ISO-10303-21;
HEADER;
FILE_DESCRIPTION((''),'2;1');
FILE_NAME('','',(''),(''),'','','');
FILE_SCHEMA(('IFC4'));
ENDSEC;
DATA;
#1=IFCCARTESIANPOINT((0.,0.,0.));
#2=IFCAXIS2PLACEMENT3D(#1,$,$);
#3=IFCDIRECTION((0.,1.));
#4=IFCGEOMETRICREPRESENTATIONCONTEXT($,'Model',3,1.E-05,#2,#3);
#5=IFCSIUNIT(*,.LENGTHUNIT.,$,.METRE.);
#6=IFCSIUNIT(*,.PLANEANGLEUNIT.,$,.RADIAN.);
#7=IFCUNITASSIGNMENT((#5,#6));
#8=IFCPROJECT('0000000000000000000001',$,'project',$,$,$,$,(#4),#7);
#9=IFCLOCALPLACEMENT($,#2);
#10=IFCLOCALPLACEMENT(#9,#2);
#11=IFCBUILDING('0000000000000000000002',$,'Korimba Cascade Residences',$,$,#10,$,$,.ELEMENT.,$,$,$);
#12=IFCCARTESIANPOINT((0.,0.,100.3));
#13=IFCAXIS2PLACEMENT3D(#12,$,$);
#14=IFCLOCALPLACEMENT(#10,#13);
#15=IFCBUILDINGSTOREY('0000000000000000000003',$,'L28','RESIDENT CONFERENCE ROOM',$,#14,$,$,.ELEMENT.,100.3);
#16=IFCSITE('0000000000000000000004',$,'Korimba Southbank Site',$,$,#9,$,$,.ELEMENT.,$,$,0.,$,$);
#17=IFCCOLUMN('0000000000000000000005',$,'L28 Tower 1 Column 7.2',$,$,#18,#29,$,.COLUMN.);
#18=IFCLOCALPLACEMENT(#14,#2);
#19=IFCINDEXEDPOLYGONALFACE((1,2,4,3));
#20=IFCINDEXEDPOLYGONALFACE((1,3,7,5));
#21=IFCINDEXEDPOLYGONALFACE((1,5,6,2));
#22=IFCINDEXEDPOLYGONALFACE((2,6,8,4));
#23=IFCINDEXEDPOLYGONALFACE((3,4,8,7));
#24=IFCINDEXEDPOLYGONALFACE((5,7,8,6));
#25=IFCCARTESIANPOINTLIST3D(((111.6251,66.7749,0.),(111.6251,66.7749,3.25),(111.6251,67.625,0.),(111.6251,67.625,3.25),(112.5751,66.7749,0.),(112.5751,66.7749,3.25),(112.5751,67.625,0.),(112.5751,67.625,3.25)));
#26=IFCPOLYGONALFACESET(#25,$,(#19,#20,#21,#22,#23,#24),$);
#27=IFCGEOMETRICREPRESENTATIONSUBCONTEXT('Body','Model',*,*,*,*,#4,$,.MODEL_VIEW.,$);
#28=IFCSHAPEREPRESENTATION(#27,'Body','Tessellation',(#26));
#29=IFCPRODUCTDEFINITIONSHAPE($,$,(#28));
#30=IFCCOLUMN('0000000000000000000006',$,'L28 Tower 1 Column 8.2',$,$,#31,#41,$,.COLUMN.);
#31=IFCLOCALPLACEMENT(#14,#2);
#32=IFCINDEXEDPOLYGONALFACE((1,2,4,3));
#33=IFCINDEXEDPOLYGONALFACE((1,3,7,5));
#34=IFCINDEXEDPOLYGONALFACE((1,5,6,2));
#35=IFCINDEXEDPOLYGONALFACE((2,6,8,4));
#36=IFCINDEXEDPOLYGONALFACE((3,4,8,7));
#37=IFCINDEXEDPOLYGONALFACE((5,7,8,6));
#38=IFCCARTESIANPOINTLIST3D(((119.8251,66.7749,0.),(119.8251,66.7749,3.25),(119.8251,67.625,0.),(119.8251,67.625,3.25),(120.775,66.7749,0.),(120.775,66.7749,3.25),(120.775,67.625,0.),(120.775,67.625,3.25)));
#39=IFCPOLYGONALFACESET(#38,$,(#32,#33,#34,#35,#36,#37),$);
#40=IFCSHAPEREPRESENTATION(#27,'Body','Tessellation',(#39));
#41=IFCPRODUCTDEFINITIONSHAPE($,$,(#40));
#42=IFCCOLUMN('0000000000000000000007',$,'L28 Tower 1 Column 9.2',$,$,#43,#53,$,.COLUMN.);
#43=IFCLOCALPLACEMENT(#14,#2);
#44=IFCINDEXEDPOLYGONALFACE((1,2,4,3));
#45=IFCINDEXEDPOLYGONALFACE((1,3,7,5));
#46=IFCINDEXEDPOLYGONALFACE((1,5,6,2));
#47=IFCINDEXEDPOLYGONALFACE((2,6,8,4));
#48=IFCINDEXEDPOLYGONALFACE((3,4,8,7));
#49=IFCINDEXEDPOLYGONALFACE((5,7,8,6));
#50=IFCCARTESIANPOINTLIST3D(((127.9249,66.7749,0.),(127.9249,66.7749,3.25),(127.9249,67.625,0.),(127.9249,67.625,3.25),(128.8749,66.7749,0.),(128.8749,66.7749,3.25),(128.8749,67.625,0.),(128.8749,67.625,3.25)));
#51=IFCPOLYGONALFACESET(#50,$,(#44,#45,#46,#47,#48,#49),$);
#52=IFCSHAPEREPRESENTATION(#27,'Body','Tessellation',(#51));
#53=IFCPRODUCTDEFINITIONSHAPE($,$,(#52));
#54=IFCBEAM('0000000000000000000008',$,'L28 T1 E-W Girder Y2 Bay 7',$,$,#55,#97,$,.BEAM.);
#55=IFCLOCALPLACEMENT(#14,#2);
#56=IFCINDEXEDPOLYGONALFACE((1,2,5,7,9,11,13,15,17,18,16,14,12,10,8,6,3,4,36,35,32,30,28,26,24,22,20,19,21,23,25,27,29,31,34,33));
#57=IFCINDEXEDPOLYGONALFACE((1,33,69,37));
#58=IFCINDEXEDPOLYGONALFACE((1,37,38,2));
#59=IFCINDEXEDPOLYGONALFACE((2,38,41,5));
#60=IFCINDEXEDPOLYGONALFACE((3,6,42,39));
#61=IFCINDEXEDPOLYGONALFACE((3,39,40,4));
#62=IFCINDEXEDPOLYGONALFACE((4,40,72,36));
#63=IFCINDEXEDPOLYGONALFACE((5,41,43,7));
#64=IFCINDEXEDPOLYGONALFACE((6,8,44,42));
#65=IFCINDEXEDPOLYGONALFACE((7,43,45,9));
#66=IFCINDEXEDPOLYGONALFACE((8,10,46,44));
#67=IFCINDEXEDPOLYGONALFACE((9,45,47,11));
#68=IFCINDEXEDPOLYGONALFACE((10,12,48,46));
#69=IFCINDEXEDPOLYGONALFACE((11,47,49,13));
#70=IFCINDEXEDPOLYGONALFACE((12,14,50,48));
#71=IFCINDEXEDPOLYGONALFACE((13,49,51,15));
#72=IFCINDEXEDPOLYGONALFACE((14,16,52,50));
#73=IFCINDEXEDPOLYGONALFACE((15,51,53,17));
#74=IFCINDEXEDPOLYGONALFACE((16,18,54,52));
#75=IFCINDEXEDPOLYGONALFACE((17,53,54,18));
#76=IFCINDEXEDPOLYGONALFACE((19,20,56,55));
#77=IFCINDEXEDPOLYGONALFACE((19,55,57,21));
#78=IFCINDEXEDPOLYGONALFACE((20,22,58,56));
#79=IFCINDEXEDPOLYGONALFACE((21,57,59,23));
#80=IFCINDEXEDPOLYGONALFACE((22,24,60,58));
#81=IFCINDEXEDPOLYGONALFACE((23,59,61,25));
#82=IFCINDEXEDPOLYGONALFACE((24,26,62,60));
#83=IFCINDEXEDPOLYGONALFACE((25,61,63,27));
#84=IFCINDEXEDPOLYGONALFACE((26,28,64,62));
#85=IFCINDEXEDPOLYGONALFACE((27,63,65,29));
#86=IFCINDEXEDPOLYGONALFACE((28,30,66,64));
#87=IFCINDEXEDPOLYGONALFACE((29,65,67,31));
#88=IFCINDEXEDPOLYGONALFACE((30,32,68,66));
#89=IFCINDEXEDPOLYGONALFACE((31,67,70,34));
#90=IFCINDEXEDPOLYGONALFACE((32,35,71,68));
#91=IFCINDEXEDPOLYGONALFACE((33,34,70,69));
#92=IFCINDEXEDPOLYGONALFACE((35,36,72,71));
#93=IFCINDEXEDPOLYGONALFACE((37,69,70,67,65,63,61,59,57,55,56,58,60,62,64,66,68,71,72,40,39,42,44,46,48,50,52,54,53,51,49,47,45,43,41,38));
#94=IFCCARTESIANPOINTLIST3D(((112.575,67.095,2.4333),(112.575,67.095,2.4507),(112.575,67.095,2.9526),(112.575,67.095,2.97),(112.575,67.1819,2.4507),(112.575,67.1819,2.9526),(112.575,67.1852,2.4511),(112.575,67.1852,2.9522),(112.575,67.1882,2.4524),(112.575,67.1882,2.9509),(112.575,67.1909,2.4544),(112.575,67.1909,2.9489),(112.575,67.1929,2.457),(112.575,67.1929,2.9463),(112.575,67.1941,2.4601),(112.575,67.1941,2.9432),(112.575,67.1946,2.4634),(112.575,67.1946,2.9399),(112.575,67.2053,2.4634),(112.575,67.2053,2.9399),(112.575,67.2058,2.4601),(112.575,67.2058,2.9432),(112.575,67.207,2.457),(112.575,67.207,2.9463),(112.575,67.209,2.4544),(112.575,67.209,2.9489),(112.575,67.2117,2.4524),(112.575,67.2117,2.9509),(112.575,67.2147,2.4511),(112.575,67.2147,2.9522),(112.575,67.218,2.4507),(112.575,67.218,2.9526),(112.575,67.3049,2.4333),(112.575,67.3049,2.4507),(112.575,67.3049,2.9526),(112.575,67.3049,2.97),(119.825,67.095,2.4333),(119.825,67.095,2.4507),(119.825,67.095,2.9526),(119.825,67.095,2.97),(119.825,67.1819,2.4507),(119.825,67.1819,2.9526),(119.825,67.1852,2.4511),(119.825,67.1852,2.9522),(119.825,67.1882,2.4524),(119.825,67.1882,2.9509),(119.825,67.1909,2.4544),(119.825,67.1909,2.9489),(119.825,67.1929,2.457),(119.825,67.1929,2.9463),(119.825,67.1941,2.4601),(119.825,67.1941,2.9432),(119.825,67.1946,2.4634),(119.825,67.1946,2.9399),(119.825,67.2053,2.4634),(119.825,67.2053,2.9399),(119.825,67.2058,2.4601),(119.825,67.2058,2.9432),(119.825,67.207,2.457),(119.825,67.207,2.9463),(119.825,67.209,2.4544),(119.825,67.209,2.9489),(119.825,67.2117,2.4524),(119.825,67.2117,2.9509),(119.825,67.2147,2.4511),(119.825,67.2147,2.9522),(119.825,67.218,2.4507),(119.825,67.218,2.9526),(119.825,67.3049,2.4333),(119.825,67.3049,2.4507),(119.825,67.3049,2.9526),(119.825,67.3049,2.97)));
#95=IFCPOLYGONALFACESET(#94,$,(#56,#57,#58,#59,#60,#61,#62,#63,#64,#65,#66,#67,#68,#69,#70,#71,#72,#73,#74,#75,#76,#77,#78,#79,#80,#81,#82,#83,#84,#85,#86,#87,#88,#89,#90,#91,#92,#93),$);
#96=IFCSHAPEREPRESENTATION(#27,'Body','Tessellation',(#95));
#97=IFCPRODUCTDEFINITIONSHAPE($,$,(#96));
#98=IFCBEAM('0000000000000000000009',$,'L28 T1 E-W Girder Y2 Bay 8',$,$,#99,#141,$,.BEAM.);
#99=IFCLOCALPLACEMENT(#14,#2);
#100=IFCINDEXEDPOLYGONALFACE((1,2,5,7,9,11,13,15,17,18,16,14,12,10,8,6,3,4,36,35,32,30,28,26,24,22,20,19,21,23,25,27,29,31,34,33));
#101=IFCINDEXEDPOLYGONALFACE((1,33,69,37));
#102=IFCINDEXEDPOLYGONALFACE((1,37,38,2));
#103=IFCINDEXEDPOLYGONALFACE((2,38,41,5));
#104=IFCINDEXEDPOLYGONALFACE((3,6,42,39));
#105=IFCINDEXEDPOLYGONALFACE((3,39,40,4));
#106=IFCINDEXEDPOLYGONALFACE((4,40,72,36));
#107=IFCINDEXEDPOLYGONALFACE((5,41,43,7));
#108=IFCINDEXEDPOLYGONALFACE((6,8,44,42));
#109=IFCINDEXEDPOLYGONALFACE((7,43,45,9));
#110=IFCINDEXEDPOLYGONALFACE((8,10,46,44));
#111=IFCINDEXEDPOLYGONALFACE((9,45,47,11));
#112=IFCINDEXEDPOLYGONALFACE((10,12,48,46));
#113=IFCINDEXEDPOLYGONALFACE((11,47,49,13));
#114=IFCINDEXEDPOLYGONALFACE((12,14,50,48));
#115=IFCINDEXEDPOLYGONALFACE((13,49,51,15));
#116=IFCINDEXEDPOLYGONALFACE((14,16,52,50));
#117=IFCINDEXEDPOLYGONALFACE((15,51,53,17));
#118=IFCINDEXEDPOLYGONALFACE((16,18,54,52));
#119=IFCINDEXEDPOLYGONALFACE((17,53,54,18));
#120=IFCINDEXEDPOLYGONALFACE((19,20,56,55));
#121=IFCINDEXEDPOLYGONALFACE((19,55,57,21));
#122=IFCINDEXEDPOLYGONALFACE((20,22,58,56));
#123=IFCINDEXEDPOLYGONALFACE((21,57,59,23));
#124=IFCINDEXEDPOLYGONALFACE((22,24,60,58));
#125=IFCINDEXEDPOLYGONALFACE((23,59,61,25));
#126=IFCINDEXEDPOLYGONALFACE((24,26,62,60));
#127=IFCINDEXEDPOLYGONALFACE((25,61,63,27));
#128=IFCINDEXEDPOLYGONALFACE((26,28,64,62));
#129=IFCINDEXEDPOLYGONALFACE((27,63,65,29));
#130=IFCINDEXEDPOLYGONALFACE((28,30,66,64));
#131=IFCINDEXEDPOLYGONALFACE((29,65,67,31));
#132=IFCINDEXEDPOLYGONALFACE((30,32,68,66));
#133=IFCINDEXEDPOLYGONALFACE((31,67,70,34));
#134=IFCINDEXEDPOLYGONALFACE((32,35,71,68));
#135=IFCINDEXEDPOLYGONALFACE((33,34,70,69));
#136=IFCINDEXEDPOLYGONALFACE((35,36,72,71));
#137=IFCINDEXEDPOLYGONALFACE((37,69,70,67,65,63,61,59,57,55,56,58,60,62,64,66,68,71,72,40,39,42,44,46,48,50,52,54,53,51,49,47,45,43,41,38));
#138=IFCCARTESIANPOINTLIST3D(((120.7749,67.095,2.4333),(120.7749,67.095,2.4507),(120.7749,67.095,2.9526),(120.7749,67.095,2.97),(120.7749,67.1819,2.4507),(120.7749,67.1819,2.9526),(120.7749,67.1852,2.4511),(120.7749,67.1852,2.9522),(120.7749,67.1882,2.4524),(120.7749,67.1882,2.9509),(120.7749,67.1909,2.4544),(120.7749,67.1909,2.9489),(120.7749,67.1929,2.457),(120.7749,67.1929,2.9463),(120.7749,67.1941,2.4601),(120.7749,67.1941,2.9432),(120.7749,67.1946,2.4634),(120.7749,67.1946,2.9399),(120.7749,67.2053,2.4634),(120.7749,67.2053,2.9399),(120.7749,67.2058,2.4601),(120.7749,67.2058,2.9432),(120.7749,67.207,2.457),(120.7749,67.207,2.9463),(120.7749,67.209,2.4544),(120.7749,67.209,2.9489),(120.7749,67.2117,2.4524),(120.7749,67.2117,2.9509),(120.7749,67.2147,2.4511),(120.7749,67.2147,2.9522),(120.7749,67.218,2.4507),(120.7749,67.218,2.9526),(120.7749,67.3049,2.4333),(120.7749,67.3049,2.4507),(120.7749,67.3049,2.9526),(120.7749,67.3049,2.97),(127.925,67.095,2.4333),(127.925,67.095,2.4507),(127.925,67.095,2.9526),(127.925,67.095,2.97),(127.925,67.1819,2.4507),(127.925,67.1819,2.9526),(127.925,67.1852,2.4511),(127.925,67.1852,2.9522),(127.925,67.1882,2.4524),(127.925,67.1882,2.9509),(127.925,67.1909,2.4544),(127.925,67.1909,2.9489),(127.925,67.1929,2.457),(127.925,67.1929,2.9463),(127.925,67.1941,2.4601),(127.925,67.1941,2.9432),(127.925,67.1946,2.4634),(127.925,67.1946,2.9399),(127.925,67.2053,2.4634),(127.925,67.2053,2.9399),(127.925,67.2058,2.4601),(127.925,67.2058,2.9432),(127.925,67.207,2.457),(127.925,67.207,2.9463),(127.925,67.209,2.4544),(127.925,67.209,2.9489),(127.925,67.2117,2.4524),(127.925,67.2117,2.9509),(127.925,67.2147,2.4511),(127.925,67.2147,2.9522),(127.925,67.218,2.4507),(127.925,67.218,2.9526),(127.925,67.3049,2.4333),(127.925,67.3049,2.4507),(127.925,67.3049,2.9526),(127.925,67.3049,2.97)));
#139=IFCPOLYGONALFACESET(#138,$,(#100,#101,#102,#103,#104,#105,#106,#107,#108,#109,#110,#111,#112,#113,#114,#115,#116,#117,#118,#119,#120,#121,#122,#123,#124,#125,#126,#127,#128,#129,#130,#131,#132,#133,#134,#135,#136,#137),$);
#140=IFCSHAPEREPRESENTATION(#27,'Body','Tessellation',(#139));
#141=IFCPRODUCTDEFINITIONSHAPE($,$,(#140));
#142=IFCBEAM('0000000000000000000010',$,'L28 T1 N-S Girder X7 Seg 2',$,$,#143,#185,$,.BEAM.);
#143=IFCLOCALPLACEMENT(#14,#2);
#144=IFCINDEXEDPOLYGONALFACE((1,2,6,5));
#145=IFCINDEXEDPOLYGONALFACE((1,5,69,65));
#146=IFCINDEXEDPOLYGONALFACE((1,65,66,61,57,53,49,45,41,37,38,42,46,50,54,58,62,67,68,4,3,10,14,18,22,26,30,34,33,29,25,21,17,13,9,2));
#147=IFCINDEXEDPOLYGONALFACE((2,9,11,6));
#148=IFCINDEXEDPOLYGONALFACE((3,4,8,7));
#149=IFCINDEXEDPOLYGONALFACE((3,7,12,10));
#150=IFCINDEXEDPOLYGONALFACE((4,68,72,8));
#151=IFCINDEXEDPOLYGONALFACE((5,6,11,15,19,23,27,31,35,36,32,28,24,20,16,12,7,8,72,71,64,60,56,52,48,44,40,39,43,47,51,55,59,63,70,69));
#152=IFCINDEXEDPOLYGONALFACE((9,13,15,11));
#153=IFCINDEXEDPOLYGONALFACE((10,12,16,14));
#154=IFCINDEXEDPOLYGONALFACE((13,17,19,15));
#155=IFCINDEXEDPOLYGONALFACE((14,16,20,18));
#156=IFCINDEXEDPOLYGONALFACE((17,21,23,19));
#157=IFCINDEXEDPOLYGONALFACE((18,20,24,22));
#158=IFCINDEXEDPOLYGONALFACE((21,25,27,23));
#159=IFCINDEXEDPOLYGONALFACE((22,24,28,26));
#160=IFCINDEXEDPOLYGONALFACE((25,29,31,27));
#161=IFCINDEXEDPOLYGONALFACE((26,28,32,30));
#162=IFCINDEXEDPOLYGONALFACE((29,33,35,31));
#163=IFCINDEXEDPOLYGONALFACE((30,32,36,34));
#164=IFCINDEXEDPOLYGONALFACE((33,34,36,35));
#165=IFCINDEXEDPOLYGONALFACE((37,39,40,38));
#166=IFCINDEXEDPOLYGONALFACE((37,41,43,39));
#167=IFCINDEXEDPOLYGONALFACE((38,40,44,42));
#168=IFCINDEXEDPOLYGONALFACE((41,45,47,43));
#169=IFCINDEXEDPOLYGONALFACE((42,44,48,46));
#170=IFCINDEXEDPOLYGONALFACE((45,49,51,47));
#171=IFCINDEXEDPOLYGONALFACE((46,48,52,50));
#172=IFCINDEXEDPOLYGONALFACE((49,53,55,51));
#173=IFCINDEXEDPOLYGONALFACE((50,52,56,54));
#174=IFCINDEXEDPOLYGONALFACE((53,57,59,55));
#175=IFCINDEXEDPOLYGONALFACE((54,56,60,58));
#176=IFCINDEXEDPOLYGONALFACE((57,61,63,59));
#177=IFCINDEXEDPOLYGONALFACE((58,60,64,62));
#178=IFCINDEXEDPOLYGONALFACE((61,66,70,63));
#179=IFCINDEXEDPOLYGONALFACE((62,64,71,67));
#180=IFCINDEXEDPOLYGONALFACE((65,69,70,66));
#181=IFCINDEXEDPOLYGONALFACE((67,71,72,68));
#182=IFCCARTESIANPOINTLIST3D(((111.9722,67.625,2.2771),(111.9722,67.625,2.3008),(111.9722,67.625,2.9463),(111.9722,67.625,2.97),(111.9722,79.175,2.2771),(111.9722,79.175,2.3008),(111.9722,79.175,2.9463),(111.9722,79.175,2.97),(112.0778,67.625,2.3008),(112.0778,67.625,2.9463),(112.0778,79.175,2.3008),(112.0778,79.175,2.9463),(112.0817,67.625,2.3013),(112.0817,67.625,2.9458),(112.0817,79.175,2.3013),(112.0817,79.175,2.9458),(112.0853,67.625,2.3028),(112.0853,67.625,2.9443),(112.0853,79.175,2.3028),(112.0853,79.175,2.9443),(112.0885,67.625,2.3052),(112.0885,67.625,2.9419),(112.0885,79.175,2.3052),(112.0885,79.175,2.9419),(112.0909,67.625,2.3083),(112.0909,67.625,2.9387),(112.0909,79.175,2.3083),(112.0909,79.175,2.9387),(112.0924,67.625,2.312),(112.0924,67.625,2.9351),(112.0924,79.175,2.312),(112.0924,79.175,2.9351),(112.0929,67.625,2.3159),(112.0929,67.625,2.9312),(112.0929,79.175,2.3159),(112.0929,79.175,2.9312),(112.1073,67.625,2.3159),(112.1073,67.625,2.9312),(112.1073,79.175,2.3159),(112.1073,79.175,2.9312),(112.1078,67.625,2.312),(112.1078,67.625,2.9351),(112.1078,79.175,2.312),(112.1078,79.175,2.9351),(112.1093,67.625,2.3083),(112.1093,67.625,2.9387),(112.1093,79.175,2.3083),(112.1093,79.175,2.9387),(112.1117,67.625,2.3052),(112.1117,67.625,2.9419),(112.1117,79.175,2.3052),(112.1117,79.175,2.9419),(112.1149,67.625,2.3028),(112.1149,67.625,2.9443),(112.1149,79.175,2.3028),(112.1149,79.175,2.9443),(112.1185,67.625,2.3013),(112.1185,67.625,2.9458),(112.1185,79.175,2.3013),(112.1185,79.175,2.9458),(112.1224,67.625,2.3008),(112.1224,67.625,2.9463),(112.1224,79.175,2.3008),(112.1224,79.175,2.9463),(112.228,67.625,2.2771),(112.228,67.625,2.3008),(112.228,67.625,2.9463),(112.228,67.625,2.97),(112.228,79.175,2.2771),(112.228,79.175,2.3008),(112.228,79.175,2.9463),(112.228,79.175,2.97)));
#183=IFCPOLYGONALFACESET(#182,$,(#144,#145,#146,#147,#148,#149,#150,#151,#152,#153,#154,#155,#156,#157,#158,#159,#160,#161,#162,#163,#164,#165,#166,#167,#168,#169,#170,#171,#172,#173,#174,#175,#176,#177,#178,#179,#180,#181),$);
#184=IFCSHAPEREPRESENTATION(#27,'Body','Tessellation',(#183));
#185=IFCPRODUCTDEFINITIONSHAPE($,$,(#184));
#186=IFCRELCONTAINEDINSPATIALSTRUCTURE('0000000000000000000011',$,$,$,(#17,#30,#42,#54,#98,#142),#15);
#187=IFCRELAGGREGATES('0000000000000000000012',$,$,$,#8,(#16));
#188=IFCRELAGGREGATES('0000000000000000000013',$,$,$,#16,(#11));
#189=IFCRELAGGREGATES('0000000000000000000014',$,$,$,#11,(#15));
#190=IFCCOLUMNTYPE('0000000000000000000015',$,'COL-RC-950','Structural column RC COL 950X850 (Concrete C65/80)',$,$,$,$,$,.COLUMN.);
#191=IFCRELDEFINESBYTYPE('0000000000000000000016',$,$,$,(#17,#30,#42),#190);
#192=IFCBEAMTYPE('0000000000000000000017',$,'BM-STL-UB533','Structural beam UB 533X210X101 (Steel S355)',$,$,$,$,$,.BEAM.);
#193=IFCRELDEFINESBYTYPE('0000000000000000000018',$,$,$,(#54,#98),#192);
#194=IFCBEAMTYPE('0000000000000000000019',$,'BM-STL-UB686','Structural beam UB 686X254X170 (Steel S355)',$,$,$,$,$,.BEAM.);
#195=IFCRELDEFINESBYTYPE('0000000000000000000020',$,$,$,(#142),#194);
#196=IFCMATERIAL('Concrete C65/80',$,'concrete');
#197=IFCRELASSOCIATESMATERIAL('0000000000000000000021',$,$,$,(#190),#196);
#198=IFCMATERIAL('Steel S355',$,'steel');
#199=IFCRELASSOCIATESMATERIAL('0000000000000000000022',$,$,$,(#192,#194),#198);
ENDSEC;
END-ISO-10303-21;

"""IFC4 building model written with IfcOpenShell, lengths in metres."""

from ifc_helpers import new_model, si_unit, direction, frame, origin, origin_2d, place, context, subcontext, project, spatial, rectangle, i_section, extrude, material, material_profile, profile_set, type_object, element, save


model = new_model("IFC4")

# Units and contexts
model_context = context("Model", 3, precision=1e-05, world=origin(), true_north=direction((0.0, 1.0)))
body_context = subcontext(model_context, "Body", "Model", "MODEL_VIEW")
ifc_project = project(units=[si_unit("LENGTHUNIT", "METRE"), si_unit("PLANEANGLEUNIT", "RADIAN")], contexts=[model_context])

# Site, building, storey
site_placement = place(None, origin())
site = spatial("IfcSite", under=ifc_project, at=site_placement, Name="Korimba Southbank Site", CompositionType="ELEMENT", RefElevation=0.0)
building_placement = place(site_placement, origin())
building = spatial("IfcBuilding", under=site, at=building_placement, Name="Korimba Cascade Residences", CompositionType="ELEMENT")
storey_placement = place(building_placement, frame((0.0, 0.0, 100.3)))
storey = spatial("IfcBuildingStorey", under=building, at=storey_placement, Name="L28", Description="RESIDENT CONFERENCE ROOM", CompositionType="ELEMENT", Elevation=100.3)

# Columns
ifc_material_1 = material(Name="Concrete C65/80", Category="concrete")
ifc_material_profile_1 = material_profile(ifc_material_1, rectangle(XDim=0.95, YDim=0.8501, at=origin_2d()), Name="Concrete C65/80")
ifc_profile_set_1 = profile_set([ifc_material_profile_1], Name="Concrete C65/80")
column_type = type_object("IfcColumnType", Name="COL-RC-950", Description="Structural column RC COL 950X850 (Concrete C65/80)", PredefinedType="COLUMN", material=ifc_profile_set_1)
for number, where, z_axis, x_axis, name in (
    (1, (112.1001, 67.2, 0.0), (0.0, 0.0, 1.0), (1.0, 0.0, 0.0), "L28 Tower 1 Column 7.2"),
    (2, (120.3, 67.2, 0.0), (0.0, 0.0, 1.0), (1.0, 0.0, 0.0), "L28 Tower 1 Column 8.2"),
    (3, (128.3999, 67.2, 0.0), (0.0, 0.0, 1.0), (1.0, 0.0, 0.0), "L28 Tower 1 Column 9.2"),
):
    element("IfcColumn", number, at=place(storey_placement, frame(where, z_axis=z_axis, x_axis=x_axis)), inside=storey, type_object=column_type, Name=name, PredefinedType="COLUMN", context=body_context, shape_type="SweptSolid", body=[
        extrude(rectangle(XDim=0.95, YDim=0.8501, at=origin_2d()), origin(), (0.0, 0.0, 1.0), 3.25),
    ])

# Beams
ifc_material_2 = material(Name="Steel S355", Category="steel")
ifc_material_profile_2 = material_profile(ifc_material_2, i_section(OverallWidth=0.21, OverallDepth=0.5366, WebThickness=0.0107, FlangeThickness=0.0173, FilletRadius=0.0127, at=origin_2d()), Name="Steel S355")
ifc_profile_set_2 = profile_set([ifc_material_profile_2], Name="Steel S355")
beam_type_1 = type_object("IfcBeamType", Name="BM-STL-UB533", Description="Structural beam UB 533X210X101 (Steel S355)", PredefinedType="BEAM", material=ifc_profile_set_2)
beam_1_placement = place(storey_placement, frame((112.575, 67.2, 2.7017), z_axis=(1.0, 0.0, 0.0), x_axis=(0.0, 1.0, 0.0)))
element("IfcBeam", 4, at=beam_1_placement, inside=storey, type_object=beam_type_1, Name="L28 T1 E-W Girder Y2 Bay 7", PredefinedType="BEAM", context=body_context, shape_type="SweptSolid", body=[
    extrude(i_section(OverallWidth=0.21, OverallDepth=0.5366, WebThickness=0.0107, FlangeThickness=0.0173, FilletRadius=0.0127, at=origin_2d()), origin(), (0.0, 0.0, 1.0), 7.25),
])
beam_2_placement = place(storey_placement, frame((120.7749, 67.2, 2.7017), z_axis=(1.0, 0.0, 0.0), x_axis=(0.0, 1.0, 0.0)))
element("IfcBeam", 5, at=beam_2_placement, inside=storey, type_object=beam_type_1, Name="L28 T1 E-W Girder Y2 Bay 8", PredefinedType="BEAM", context=body_context, shape_type="SweptSolid", body=[
    extrude(i_section(OverallWidth=0.21, OverallDepth=0.5366, WebThickness=0.0107, FlangeThickness=0.0173, FilletRadius=0.0127, at=origin_2d()), origin(), (0.0, 0.0, 1.0), 7.1501),
])
ifc_material_profile_3 = material_profile(ifc_material_2, i_section(OverallWidth=0.2559, OverallDepth=0.6929, WebThickness=0.0144, FlangeThickness=0.0237, FilletRadius=0.0151, at=origin_2d()), Name="Steel S355")
ifc_profile_set_3 = profile_set([ifc_material_profile_3], Name="Steel S355")
beam_type_2 = type_object("IfcBeamType", Name="BM-STL-UB686", Description="Structural beam UB 686X254X170 (Steel S355)", PredefinedType="BEAM", material=ifc_profile_set_3)
beam_3_placement = place(storey_placement, frame((112.1001, 67.625, 2.6235), z_axis=(0.0, 1.0, 0.0), x_axis=(-1.0, 0.0, 0.0)))
element("IfcBeam", 6, at=beam_3_placement, inside=storey, type_object=beam_type_2, Name="L28 T1 N-S Girder X7 Seg 2", PredefinedType="BEAM", context=body_context, shape_type="SweptSolid", body=[
    extrude(i_section(OverallWidth=0.2559, OverallDepth=0.6929, WebThickness=0.0144, FlangeThickness=0.0237, FilletRadius=0.0151, at=origin_2d()), origin(), (0.0, 0.0, 1.0), 11.55),
])

save(model, "model.ifc")
